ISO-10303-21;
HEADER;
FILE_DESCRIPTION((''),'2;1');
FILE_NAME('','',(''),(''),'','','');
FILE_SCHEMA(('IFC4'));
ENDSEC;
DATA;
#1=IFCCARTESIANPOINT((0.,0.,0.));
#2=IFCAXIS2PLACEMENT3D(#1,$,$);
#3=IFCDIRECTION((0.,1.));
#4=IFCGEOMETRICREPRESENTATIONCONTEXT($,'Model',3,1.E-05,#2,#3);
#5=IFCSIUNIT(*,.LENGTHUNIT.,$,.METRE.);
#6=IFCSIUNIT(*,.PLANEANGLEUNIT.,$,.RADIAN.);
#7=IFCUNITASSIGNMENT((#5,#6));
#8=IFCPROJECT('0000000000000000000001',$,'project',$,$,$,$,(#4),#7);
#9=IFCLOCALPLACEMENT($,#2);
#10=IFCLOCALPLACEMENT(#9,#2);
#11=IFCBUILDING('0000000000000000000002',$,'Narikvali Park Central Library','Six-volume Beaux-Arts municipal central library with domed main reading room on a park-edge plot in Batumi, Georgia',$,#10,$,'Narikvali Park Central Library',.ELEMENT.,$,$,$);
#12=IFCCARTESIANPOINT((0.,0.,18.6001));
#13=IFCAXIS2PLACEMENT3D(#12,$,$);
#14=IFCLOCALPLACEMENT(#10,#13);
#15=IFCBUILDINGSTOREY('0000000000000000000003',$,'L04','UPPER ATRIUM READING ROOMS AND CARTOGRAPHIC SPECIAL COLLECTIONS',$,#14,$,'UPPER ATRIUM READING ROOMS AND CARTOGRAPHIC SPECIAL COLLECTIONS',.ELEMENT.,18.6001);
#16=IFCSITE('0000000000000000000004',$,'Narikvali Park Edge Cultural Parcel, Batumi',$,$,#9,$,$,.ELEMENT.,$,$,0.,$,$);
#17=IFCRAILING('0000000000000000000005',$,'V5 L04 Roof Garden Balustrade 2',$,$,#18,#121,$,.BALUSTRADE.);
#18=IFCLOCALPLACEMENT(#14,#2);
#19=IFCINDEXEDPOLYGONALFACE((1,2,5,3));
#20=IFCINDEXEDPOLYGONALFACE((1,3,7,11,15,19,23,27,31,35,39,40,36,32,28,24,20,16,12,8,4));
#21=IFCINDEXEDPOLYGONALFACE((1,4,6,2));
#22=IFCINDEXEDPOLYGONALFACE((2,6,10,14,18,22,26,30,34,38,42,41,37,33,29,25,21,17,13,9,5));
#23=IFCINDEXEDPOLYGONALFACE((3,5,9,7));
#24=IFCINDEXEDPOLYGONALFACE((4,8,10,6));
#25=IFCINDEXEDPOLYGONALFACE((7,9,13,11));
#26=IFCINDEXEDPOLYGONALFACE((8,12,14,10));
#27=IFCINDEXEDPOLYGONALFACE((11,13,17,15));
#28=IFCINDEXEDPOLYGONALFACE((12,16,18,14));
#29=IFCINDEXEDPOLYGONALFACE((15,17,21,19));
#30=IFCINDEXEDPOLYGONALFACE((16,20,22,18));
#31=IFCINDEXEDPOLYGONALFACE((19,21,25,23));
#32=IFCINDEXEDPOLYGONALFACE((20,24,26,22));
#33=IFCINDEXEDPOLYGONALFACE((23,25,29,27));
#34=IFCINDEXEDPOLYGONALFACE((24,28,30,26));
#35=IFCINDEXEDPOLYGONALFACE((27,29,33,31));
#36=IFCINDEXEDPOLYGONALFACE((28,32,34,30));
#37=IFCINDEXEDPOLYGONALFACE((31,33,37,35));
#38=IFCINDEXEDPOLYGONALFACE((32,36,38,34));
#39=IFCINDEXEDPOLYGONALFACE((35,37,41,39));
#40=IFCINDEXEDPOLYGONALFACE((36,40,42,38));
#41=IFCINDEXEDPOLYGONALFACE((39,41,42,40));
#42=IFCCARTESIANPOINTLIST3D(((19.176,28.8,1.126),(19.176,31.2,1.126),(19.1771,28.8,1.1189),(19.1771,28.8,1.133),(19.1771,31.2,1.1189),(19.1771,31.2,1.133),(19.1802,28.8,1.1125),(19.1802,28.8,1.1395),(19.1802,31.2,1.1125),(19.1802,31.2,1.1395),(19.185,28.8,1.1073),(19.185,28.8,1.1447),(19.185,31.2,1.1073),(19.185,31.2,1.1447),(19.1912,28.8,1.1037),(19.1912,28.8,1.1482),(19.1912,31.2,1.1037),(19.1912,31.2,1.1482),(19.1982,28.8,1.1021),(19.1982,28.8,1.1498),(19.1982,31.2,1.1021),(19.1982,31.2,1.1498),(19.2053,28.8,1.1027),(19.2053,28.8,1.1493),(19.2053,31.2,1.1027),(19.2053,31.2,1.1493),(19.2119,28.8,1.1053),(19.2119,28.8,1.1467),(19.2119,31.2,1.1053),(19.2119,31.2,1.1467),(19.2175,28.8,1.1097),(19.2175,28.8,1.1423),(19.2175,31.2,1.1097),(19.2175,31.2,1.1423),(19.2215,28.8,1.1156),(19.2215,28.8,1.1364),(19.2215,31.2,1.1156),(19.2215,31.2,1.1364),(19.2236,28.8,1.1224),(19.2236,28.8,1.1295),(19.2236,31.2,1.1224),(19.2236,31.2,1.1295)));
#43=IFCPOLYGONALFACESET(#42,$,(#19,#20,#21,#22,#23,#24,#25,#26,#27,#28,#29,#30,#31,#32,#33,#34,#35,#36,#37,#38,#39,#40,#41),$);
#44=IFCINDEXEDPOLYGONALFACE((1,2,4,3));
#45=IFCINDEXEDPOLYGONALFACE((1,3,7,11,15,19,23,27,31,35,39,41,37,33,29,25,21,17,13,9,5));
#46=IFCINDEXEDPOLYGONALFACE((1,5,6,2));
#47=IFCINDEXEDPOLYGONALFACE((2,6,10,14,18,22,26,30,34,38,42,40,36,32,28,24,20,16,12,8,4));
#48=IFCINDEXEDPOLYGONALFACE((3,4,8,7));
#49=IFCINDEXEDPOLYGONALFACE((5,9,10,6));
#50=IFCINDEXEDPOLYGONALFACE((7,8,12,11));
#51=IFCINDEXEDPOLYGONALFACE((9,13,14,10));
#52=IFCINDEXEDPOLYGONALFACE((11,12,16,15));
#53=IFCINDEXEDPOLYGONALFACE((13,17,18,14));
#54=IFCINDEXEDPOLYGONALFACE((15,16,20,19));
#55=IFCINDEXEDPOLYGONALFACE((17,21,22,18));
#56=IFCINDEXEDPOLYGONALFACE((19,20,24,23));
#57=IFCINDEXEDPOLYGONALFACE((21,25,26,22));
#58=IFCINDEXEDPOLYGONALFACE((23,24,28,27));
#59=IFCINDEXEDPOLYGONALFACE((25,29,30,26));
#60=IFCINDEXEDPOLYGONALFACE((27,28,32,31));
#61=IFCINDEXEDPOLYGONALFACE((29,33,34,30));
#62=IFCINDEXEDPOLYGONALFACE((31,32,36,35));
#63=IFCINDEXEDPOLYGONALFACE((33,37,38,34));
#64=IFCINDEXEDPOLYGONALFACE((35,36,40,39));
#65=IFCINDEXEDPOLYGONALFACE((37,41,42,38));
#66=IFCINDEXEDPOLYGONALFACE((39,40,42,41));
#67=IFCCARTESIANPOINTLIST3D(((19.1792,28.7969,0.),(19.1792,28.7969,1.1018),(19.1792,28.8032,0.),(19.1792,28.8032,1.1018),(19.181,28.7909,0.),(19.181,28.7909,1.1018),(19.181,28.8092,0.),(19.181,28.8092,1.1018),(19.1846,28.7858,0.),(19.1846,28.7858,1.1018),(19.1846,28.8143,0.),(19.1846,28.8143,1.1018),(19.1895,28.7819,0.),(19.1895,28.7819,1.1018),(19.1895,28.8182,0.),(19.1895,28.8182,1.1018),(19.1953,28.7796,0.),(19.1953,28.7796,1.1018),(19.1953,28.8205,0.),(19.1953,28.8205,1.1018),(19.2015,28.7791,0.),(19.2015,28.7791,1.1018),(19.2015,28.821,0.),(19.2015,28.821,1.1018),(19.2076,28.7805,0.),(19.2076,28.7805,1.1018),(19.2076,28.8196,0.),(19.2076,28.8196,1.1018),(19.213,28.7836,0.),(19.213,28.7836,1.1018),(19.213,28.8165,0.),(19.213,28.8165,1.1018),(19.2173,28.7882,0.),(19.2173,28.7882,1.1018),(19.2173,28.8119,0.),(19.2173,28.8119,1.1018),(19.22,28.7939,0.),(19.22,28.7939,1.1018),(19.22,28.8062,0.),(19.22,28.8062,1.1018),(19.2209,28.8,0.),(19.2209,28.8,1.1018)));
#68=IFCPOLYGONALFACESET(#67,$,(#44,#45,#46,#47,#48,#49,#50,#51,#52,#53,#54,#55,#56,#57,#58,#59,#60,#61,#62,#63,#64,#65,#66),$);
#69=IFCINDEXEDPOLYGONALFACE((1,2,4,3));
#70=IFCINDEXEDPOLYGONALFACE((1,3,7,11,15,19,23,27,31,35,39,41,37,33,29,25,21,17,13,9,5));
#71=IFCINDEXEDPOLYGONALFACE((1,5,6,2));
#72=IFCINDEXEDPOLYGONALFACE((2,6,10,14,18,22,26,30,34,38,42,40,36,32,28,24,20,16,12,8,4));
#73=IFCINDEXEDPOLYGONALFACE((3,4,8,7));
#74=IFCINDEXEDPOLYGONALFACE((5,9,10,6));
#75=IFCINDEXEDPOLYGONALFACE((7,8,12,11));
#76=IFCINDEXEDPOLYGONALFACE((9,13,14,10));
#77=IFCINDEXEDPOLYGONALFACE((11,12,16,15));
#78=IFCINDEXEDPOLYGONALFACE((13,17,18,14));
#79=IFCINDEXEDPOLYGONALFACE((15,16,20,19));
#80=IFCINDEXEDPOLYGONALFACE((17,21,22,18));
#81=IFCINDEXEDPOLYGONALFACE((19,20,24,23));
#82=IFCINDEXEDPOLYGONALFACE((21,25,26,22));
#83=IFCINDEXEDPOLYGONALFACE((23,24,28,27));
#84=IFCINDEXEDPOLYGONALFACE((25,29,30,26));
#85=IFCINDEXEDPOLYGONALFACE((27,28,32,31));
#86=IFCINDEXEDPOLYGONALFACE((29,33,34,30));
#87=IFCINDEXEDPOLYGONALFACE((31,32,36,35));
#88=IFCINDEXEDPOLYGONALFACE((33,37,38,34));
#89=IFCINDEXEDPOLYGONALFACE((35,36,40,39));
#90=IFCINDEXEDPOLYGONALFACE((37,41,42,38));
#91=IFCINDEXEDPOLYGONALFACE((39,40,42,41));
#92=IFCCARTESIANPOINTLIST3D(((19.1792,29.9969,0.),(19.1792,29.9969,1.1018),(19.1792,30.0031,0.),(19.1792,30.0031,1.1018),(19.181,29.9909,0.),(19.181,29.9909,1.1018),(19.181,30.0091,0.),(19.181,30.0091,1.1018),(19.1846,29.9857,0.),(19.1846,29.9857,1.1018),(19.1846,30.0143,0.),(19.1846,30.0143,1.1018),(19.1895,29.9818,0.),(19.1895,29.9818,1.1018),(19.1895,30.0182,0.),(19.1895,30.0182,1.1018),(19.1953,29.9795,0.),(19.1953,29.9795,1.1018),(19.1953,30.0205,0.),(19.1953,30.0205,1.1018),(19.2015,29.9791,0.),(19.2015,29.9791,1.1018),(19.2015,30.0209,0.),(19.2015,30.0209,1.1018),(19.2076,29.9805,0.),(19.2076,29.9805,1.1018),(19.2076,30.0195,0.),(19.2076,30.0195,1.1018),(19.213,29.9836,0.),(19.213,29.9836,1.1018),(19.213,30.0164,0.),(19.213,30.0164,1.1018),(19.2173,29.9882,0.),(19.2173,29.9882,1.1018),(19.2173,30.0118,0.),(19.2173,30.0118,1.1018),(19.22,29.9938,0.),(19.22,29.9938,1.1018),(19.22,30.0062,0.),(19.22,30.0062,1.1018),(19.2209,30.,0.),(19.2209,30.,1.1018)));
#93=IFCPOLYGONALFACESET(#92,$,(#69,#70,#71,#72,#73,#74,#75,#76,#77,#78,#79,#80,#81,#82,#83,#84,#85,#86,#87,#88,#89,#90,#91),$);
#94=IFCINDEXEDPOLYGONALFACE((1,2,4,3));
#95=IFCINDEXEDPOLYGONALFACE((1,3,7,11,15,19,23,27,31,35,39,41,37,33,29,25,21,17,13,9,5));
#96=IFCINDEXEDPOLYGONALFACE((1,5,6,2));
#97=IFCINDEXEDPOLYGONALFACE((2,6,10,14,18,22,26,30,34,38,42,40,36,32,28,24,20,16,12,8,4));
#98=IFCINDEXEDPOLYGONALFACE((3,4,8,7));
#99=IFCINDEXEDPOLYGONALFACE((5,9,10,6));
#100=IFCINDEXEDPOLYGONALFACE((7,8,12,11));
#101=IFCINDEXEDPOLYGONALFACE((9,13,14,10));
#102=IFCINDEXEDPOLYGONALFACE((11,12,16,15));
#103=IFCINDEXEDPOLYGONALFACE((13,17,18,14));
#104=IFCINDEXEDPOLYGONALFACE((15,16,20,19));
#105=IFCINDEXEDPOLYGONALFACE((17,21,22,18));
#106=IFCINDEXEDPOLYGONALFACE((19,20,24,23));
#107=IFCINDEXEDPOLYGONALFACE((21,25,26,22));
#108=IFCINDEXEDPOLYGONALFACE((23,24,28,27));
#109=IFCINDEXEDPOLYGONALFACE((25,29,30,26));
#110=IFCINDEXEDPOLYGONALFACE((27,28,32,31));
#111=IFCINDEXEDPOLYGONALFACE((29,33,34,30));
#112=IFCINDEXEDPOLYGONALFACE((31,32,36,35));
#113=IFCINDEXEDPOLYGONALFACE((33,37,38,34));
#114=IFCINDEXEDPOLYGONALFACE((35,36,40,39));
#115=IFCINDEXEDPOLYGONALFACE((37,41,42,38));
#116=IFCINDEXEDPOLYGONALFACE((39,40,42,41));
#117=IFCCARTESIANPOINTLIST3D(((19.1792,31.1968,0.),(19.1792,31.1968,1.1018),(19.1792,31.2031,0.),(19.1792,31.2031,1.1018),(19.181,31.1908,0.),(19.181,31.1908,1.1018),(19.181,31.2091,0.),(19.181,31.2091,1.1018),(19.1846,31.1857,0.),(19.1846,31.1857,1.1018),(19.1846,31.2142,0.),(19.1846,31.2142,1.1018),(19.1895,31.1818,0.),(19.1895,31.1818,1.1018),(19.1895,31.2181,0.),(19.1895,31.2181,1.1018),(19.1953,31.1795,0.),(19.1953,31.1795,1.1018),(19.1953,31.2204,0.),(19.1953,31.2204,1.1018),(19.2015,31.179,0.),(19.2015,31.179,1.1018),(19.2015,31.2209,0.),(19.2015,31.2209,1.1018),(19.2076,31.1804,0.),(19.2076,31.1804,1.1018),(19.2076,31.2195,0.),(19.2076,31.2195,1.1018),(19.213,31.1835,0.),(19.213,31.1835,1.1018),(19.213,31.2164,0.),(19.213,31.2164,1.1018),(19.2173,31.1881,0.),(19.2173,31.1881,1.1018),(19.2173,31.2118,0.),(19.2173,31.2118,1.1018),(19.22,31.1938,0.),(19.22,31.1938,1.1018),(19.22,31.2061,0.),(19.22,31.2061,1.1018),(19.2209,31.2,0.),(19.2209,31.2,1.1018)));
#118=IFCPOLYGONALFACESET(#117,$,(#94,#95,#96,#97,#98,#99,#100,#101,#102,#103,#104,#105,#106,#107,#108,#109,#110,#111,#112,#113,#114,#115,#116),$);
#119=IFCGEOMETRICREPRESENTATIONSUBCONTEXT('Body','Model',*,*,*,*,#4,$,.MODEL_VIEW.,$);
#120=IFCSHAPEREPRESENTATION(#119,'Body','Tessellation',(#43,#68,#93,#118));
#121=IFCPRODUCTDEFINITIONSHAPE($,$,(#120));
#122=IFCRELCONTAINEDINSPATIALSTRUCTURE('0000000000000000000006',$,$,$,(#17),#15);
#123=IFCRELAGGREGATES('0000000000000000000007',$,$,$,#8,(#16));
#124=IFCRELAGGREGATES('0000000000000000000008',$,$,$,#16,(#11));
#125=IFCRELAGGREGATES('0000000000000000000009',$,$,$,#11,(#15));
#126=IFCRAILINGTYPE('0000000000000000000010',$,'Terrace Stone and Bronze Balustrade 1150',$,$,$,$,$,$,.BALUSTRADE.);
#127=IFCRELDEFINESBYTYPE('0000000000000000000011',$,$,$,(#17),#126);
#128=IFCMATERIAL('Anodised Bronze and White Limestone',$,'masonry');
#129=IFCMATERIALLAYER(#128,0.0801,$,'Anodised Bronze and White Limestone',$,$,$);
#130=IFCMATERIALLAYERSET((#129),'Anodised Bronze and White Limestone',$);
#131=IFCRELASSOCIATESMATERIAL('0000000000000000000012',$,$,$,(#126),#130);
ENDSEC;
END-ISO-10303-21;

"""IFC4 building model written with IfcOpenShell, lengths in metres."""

from ifc_helpers import new_model, si_unit, direction, frame, origin, origin_2d, place, context, subcontext, project, spatial, circle, extrude, material, layer, layer_set, type_object, element, save


model = new_model("IFC4")

# Units and contexts
model_context = context("Model", 3, precision=1e-05, world=origin(), true_north=direction((0.0, 1.0)))
body_context = subcontext(model_context, "Body", "Model", "MODEL_VIEW")
ifc_project = project(units=[si_unit("LENGTHUNIT", "METRE"), si_unit("PLANEANGLEUNIT", "RADIAN")], contexts=[model_context])

# Site, building, storey
site_placement = place(None, origin())
site = spatial("IfcSite", under=ifc_project, at=site_placement, Name="Narikvali Park Edge Cultural Parcel, Batumi", CompositionType="ELEMENT", RefElevation=0.0)
building_placement = place(site_placement, origin())
building = spatial("IfcBuilding", under=site, at=building_placement, Name="Narikvali Park Central Library", Description="Six-volume Beaux-Arts municipal central library with domed main reading room on a park-edge plot in Batumi, Georgia", LongName="Narikvali Park Central Library", CompositionType="ELEMENT")
storey_placement = place(building_placement, frame((0.0, 0.0, 18.6001)))
storey = spatial("IfcBuildingStorey", under=building, at=storey_placement, Name="L04", Description="UPPER ATRIUM READING ROOMS AND CARTOGRAPHIC SPECIAL COLLECTIONS", LongName="UPPER ATRIUM READING ROOMS AND CARTOGRAPHIC SPECIAL COLLECTIONS", CompositionType="ELEMENT", Elevation=18.6001)

# Railing
ifc_material_1 = material(Name="Anodised Bronze and White Limestone", Category="masonry")
ifc_layer_1 = layer(ifc_material_1, 0.0801, Name="Anodised Bronze and White Limestone")
ifc_layer_set_1 = layer_set([ifc_layer_1], Name="Anodised Bronze and White Limestone")
railing_type = type_object("IfcRailingType", Name="Terrace Stone and Bronze Balustrade 1150", PredefinedType="BALUSTRADE", material=ifc_layer_set_1)
railing_1_placement = place(storey_placement, frame((19.2, 28.8, 0.0)))
element("IfcRailing", 1, at=railing_1_placement, inside=storey, type_object=railing_type, Name="V5 L04 Roof Garden Balustrade 2", PredefinedType="BALUSTRADE", context=body_context, shape_type="SweptSolid", body=[
    extrude(circle(Radius=0.0239, at=origin_2d()), frame((0.0, 0.0, 1.126), z_axis=(0.0, 1.0, 0.0), x_axis=(-1.0, 0.0, 0.0)), (0.0, 0.0, 1.0), 2.3999),
    extrude(circle(Radius=0.021, at=origin_2d()), origin(), (0.0, 0.0, 1.0), 1.1018),
    extrude(circle(Radius=0.021, at=origin_2d()), frame((0.0, 1.2, 0.0)), (0.0, 0.0, 1.0), 1.1018),
    extrude(circle(Radius=0.021, at=origin_2d()), frame((0.0, 2.3999, 0.0)), (0.0, 0.0, 1.0), 1.1018),
])

save(model, "model.ifc")
